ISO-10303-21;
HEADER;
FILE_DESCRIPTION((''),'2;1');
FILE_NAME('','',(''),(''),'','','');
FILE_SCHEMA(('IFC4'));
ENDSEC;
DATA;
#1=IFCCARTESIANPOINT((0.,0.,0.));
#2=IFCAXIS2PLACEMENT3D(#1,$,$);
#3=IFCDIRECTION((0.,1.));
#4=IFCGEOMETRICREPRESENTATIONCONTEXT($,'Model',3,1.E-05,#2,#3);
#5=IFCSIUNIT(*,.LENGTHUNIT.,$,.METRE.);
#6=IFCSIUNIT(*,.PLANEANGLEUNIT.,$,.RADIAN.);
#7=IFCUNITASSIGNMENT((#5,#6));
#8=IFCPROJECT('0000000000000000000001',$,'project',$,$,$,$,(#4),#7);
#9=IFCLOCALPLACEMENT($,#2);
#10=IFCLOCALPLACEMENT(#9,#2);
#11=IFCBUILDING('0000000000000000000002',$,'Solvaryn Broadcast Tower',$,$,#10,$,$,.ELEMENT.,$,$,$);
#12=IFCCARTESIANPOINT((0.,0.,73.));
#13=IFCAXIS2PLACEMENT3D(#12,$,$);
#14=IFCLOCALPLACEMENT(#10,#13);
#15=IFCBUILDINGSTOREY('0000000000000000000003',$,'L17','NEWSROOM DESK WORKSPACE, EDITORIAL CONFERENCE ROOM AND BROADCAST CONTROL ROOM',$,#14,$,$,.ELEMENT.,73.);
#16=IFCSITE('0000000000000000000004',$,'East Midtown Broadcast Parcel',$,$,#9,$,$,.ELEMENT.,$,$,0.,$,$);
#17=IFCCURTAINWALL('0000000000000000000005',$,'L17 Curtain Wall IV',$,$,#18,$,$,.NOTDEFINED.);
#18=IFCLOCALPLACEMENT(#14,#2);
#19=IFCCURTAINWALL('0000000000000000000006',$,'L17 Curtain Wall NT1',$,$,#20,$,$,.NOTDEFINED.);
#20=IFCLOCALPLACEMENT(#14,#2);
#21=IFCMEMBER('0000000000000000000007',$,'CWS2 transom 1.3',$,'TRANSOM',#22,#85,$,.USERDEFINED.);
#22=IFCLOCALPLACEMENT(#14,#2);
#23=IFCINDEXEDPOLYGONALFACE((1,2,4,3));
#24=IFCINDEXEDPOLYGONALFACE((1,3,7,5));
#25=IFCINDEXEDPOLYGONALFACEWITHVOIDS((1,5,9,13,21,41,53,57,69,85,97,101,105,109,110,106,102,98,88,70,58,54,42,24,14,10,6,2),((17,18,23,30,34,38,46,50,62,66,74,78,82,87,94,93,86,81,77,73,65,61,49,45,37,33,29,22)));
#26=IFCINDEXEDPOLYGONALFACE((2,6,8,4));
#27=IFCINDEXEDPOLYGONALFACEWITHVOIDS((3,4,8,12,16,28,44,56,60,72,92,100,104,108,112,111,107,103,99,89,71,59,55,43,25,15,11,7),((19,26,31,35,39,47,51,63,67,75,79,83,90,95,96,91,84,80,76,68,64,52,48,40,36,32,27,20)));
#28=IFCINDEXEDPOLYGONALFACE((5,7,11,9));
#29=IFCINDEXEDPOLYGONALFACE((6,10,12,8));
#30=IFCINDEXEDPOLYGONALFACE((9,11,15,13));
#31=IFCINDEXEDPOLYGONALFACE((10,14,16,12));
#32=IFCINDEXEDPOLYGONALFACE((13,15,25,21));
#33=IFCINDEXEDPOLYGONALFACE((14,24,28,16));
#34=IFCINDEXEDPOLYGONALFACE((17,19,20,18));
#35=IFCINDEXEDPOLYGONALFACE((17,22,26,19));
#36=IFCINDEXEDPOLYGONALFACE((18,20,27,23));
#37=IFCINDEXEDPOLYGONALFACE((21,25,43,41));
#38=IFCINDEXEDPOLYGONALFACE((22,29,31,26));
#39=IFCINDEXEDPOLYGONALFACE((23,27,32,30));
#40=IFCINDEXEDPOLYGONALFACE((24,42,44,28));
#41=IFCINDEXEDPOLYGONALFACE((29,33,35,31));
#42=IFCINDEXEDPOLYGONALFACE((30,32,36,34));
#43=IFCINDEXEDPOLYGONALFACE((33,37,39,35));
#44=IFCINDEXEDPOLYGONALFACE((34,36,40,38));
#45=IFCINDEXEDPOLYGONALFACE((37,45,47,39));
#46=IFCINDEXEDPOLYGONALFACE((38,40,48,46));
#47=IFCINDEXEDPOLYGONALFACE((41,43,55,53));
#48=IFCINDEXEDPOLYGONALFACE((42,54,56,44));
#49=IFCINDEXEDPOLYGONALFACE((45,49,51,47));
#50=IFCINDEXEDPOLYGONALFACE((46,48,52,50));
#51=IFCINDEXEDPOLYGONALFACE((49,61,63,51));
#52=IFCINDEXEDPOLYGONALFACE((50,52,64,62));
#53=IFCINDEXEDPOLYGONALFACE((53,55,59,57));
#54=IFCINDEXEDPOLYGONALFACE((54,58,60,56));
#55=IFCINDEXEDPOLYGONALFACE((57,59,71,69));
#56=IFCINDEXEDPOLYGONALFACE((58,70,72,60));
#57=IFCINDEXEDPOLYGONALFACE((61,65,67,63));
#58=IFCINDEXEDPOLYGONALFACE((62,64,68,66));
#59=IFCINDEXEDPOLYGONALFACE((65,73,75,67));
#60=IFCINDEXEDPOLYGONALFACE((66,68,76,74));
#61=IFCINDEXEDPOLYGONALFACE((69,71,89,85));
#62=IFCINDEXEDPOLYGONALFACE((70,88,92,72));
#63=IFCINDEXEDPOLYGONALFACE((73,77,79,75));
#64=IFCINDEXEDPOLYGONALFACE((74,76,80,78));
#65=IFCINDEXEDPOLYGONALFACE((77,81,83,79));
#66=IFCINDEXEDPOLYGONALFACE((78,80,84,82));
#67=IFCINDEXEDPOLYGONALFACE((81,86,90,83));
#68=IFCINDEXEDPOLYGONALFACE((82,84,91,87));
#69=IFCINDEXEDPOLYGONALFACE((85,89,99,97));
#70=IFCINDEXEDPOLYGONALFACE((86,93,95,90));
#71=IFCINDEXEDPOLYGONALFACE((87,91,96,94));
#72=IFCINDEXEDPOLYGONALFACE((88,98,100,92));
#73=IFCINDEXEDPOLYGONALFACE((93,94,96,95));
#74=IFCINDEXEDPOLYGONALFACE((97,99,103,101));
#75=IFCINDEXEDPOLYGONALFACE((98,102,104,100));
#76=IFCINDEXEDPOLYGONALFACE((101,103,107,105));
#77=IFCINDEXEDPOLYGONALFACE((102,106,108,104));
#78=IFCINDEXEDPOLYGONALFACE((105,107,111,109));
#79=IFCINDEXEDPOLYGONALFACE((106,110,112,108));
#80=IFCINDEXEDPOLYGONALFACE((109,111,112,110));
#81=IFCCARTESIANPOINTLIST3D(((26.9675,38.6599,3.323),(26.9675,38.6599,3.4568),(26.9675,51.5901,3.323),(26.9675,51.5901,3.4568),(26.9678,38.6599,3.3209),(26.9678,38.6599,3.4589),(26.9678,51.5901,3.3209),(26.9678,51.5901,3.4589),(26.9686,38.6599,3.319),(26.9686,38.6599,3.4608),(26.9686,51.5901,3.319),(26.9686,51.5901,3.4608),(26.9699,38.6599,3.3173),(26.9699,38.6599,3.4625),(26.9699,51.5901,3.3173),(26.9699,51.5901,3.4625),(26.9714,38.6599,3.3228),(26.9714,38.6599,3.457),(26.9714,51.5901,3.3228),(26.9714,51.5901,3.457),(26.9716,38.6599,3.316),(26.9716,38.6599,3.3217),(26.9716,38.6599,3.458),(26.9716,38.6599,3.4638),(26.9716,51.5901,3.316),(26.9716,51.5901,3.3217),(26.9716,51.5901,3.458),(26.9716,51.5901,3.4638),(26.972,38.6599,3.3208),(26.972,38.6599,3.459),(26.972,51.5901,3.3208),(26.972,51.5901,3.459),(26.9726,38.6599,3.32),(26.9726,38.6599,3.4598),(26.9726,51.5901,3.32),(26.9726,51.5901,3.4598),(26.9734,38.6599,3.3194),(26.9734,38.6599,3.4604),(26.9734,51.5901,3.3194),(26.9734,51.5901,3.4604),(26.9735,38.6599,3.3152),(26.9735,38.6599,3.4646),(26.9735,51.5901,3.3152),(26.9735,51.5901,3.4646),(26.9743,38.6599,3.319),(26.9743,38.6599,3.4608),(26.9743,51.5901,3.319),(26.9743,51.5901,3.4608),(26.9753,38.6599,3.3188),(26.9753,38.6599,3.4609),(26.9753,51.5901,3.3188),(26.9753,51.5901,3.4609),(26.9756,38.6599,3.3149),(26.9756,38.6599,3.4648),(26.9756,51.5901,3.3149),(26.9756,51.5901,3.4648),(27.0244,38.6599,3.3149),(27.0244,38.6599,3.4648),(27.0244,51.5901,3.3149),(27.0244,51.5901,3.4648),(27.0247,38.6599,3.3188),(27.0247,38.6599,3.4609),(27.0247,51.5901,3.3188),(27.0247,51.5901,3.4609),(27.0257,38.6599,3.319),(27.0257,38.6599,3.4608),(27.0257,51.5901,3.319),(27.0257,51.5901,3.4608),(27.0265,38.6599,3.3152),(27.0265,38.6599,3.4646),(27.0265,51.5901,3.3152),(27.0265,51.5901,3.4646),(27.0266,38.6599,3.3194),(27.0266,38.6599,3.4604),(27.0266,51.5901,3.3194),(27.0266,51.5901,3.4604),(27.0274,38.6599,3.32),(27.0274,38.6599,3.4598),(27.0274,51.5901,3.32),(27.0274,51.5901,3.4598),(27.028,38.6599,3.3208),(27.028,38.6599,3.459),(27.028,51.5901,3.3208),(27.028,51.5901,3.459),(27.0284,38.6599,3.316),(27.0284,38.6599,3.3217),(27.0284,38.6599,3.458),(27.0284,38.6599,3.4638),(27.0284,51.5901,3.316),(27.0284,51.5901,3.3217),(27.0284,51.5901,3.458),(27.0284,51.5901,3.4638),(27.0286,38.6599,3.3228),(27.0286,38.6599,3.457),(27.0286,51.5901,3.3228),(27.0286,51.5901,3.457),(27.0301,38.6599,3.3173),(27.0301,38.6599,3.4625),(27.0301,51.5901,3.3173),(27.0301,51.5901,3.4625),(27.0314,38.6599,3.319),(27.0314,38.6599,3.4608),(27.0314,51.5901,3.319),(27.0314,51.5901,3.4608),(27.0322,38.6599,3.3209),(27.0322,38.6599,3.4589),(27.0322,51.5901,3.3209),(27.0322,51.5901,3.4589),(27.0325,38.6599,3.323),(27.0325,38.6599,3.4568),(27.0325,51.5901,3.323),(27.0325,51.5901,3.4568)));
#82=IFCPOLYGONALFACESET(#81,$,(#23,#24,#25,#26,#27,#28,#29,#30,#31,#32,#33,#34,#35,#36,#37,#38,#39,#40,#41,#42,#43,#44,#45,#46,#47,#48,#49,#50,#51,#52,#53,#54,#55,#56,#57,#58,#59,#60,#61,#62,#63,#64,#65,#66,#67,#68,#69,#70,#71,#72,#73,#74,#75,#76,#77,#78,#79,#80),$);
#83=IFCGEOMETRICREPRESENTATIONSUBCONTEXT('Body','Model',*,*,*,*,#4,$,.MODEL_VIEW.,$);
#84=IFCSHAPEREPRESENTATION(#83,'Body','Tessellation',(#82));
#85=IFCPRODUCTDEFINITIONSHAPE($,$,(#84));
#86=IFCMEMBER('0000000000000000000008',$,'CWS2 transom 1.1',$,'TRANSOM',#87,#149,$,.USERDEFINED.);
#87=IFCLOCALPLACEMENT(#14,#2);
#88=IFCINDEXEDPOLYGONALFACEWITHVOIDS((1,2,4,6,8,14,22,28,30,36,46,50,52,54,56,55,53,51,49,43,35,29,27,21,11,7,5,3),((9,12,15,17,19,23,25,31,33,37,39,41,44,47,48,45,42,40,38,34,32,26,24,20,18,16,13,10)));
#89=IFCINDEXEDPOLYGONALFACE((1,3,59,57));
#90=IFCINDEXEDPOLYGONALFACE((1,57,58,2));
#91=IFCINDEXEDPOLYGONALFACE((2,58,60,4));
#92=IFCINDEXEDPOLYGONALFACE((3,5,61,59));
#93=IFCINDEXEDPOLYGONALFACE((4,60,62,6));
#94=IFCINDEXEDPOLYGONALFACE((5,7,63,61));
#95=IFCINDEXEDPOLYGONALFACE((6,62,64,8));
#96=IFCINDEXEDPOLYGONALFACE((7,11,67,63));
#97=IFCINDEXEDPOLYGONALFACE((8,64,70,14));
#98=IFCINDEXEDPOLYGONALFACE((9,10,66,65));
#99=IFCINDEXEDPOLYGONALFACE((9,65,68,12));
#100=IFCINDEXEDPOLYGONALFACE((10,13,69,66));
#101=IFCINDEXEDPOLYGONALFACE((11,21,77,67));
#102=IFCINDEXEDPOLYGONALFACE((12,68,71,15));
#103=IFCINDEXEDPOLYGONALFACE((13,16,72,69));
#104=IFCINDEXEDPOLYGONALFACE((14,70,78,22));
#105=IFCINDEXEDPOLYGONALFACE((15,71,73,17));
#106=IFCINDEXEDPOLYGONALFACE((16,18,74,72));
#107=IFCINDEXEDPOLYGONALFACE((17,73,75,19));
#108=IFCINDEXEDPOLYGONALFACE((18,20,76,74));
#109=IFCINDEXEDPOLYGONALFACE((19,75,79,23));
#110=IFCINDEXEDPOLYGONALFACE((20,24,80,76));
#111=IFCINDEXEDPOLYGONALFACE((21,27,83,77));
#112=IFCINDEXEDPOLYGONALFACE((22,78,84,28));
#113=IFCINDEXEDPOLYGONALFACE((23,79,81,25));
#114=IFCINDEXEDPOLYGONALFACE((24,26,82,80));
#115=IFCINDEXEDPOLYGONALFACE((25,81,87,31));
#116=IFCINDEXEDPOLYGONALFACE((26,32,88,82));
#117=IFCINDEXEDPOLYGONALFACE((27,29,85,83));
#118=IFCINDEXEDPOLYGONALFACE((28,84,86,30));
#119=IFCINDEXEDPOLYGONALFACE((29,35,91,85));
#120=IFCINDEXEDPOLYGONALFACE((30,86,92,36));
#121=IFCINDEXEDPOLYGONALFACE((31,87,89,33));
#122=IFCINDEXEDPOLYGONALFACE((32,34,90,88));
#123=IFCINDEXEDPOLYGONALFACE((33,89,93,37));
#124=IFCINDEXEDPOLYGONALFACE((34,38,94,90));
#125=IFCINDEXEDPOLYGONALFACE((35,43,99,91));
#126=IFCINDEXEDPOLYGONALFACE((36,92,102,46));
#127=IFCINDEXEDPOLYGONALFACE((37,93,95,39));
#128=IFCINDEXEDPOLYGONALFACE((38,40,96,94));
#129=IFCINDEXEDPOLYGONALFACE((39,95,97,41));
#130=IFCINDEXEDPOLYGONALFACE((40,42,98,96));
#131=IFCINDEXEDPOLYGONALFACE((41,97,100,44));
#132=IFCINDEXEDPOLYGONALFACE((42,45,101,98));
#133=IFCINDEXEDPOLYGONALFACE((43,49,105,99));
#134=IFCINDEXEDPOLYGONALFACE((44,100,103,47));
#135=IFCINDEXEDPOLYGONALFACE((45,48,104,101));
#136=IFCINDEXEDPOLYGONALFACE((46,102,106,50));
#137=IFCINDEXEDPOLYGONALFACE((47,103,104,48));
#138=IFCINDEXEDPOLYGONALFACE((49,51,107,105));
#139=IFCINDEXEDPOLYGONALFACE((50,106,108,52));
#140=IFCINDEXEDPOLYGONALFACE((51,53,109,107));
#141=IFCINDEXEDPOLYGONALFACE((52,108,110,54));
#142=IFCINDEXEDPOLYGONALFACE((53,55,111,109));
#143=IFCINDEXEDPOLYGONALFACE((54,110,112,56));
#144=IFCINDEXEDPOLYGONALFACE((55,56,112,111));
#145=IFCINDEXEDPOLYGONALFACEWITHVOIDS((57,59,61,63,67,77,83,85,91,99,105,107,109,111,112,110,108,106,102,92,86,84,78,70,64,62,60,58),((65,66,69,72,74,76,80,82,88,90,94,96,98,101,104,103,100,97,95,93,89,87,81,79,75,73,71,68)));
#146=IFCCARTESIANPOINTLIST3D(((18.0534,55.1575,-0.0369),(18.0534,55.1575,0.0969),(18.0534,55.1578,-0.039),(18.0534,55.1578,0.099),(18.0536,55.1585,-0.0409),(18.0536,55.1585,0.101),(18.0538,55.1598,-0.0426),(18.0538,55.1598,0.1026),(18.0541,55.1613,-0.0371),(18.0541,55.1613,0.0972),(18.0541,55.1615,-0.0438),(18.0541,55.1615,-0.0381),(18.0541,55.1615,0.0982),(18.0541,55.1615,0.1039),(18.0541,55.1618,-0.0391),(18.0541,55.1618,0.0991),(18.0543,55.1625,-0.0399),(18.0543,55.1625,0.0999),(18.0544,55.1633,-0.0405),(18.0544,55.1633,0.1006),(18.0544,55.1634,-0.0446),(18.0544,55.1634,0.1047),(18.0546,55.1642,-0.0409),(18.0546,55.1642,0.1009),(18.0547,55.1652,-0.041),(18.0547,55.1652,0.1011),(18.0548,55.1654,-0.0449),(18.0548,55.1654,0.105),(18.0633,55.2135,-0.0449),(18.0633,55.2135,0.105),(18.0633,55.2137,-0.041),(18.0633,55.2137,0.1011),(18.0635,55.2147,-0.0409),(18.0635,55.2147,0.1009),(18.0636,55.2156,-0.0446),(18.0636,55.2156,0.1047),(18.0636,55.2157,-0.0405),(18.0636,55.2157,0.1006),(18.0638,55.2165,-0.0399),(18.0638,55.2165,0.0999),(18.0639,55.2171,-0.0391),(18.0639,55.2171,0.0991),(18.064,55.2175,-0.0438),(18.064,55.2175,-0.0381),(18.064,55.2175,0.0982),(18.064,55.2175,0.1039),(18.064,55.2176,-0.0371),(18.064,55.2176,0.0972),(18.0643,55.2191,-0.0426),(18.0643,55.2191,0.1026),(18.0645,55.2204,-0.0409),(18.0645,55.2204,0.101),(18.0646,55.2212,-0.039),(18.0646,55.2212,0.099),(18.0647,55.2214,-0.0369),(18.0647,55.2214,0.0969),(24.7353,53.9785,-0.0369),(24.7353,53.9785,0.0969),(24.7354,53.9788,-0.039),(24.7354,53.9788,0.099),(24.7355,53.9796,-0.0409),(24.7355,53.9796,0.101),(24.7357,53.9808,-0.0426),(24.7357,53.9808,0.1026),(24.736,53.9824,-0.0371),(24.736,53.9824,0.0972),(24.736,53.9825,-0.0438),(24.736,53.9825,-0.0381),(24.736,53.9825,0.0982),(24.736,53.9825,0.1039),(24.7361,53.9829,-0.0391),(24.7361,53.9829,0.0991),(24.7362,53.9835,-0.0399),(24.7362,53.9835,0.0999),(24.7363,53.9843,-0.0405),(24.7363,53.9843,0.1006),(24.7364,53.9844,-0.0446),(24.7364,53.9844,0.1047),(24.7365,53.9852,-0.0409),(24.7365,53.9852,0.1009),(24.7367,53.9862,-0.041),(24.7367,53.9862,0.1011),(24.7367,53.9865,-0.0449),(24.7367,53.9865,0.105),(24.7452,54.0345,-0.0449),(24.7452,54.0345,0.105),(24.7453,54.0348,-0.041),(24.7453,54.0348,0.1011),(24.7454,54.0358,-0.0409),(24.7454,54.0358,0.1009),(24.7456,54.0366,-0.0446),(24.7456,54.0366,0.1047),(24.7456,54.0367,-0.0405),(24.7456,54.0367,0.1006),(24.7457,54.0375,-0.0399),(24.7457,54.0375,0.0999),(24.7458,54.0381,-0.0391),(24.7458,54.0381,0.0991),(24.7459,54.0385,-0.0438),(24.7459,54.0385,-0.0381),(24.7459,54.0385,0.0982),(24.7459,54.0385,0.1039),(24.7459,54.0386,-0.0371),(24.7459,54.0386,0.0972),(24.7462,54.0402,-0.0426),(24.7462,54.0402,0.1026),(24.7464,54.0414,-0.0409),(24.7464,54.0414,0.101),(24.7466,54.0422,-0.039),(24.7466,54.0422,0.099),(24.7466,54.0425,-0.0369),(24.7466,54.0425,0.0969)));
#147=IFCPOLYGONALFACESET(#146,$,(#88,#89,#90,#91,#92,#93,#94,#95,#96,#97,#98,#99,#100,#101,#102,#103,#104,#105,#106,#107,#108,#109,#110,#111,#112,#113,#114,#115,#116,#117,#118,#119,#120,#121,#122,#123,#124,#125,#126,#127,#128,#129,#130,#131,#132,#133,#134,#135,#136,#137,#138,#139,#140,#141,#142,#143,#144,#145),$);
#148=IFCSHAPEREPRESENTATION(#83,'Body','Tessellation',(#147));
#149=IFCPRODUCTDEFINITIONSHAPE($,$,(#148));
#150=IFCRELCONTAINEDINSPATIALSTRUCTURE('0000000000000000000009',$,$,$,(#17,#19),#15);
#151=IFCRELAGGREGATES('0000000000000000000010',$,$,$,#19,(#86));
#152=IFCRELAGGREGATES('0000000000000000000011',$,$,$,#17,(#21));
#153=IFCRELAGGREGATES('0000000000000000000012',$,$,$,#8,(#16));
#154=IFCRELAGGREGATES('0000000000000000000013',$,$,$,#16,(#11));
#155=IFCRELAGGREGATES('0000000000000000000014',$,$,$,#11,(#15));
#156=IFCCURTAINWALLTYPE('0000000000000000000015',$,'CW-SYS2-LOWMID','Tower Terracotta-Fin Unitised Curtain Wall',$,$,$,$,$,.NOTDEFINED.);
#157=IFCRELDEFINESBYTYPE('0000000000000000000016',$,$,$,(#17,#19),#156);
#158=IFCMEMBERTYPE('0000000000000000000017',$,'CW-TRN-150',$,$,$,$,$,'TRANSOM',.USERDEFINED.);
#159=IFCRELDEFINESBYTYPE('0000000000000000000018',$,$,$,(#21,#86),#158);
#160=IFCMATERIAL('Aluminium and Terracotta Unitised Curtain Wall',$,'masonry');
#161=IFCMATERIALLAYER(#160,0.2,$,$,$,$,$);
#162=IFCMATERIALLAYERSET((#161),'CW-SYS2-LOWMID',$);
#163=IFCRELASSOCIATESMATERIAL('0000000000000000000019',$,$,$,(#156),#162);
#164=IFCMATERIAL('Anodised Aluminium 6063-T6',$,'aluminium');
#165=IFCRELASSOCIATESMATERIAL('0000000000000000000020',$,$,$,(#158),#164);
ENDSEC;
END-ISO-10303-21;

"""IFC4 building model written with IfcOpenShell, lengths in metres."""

from ifc_helpers import new_model, si_unit, direction, frame, origin, origin_2d, place, context, subcontext, project, spatial, hollow_rectangle, extrude, material, layer, layer_set, material_profile, profile_set, type_object, element, aggregate, save


model = new_model("IFC4")

# Units and contexts
model_context = context("Model", 3, precision=1e-05, world=origin(), true_north=direction((0.0, 1.0)))
body_context = subcontext(model_context, "Body", "Model", "MODEL_VIEW")
ifc_project = project(units=[si_unit("LENGTHUNIT", "METRE"), si_unit("PLANEANGLEUNIT", "RADIAN")], contexts=[model_context])

# Site, building, storey
site_placement = place(None, origin())
site = spatial("IfcSite", under=ifc_project, at=site_placement, Name="East Midtown Broadcast Parcel", CompositionType="ELEMENT", RefElevation=0.0)
building_placement = place(site_placement, origin())
building = spatial("IfcBuilding", under=site, at=building_placement, Name="Solvaryn Broadcast Tower", CompositionType="ELEMENT")
storey_placement = place(building_placement, frame((0.0, 0.0, 73.0)))
storey = spatial("IfcBuildingStorey", under=building, at=storey_placement, Name="L17", Description="NEWSROOM DESK WORKSPACE, EDITORIAL CONFERENCE ROOM AND BROADCAST CONTROL ROOM", CompositionType="ELEMENT", Elevation=73.0)

# Curtain wall
ifc_material_1 = material(Name="Aluminium and Terracotta Unitised Curtain Wall", Category="masonry")
ifc_layer_1 = layer(ifc_material_1, 0.2)
ifc_layer_set_1 = layer_set([ifc_layer_1], Name="CW-SYS2-LOWMID")
curtain_wall_type = type_object("IfcCurtainWallType", Name="CW-SYS2-LOWMID", Description="Tower Terracotta-Fin Unitised Curtain Wall", PredefinedType="NOTDEFINED", material=ifc_layer_set_1)
curtain_wall_1_placement = place(storey_placement, origin())
curtain_wall_1 = element("IfcCurtainWall", 1, at=curtain_wall_1_placement, inside=storey, type_object=curtain_wall_type, Name="L17 Curtain Wall IV", PredefinedType="NOTDEFINED")

# Curtain wall
curtain_wall_2_placement = place(storey_placement, origin())
curtain_wall_2 = element("IfcCurtainWall", 2, at=curtain_wall_2_placement, inside=storey, type_object=curtain_wall_type, Name="L17 Curtain Wall NT1", PredefinedType="NOTDEFINED")

# Members
ifc_material_2 = material(Name="Anodised Aluminium 6063-T6", Category="aluminium")
ifc_material_profile_1 = material_profile(ifc_material_2, hollow_rectangle(XDim=0.0649, YDim=0.1499, WallThickness=0.0039, InnerFilletRadius=0.0039, OuterFilletRadius=0.0081, at=origin_2d()))
ifc_profile_set_1 = profile_set([ifc_material_profile_1], Name="Anodised Aluminium 6063-T6")
member_type_1 = type_object("IfcMemberType", Name="CW-TRN-150", ElementType="TRANSOM", PredefinedType="USERDEFINED", material=ifc_profile_set_1)
member_1_placement = place(storey_placement, frame((27.0, 51.5901, 3.3899), z_axis=(0.0, -1.0, 0.0), x_axis=(1.0, 0.0, 0.0)))
member_1 = element("IfcMember", 3, at=member_1_placement, type_object=member_type_1, Name="CWS2 transom 1.3", ObjectType="TRANSOM", PredefinedType="USERDEFINED", context=body_context, shape_type="SweptSolid", body=[
    extrude(hollow_rectangle(XDim=0.0649, YDim=0.1499, WallThickness=0.0039, InnerFilletRadius=0.0039, OuterFilletRadius=0.0081, at=origin_2d()), origin(), (0.0, 0.0, 1.0), 12.9302),
])
member_2_placement = place(storey_placement, frame((24.741, 54.0105, 0.03), z_axis=(-0.984789, 0.173757, 0.0), x_axis=(-0.173757, -0.984789, 0.0)))
member_2 = element("IfcMember", 4, at=member_2_placement, type_object=member_type_1, Name="CWS2 transom 1.1", ObjectType="TRANSOM", PredefinedType="USERDEFINED", context=body_context, shape_type="SweptSolid", body=[
    extrude(hollow_rectangle(XDim=0.0649, YDim=0.1499, WallThickness=0.0039, InnerFilletRadius=0.0039, OuterFilletRadius=0.0081, at=origin_2d()), origin(), (0.0, 0.0, 1.0), 6.7852),
])
aggregate(curtain_wall_2, [member_2])

aggregate(curtain_wall_1, [member_1])

save(model, "model.ifc")
